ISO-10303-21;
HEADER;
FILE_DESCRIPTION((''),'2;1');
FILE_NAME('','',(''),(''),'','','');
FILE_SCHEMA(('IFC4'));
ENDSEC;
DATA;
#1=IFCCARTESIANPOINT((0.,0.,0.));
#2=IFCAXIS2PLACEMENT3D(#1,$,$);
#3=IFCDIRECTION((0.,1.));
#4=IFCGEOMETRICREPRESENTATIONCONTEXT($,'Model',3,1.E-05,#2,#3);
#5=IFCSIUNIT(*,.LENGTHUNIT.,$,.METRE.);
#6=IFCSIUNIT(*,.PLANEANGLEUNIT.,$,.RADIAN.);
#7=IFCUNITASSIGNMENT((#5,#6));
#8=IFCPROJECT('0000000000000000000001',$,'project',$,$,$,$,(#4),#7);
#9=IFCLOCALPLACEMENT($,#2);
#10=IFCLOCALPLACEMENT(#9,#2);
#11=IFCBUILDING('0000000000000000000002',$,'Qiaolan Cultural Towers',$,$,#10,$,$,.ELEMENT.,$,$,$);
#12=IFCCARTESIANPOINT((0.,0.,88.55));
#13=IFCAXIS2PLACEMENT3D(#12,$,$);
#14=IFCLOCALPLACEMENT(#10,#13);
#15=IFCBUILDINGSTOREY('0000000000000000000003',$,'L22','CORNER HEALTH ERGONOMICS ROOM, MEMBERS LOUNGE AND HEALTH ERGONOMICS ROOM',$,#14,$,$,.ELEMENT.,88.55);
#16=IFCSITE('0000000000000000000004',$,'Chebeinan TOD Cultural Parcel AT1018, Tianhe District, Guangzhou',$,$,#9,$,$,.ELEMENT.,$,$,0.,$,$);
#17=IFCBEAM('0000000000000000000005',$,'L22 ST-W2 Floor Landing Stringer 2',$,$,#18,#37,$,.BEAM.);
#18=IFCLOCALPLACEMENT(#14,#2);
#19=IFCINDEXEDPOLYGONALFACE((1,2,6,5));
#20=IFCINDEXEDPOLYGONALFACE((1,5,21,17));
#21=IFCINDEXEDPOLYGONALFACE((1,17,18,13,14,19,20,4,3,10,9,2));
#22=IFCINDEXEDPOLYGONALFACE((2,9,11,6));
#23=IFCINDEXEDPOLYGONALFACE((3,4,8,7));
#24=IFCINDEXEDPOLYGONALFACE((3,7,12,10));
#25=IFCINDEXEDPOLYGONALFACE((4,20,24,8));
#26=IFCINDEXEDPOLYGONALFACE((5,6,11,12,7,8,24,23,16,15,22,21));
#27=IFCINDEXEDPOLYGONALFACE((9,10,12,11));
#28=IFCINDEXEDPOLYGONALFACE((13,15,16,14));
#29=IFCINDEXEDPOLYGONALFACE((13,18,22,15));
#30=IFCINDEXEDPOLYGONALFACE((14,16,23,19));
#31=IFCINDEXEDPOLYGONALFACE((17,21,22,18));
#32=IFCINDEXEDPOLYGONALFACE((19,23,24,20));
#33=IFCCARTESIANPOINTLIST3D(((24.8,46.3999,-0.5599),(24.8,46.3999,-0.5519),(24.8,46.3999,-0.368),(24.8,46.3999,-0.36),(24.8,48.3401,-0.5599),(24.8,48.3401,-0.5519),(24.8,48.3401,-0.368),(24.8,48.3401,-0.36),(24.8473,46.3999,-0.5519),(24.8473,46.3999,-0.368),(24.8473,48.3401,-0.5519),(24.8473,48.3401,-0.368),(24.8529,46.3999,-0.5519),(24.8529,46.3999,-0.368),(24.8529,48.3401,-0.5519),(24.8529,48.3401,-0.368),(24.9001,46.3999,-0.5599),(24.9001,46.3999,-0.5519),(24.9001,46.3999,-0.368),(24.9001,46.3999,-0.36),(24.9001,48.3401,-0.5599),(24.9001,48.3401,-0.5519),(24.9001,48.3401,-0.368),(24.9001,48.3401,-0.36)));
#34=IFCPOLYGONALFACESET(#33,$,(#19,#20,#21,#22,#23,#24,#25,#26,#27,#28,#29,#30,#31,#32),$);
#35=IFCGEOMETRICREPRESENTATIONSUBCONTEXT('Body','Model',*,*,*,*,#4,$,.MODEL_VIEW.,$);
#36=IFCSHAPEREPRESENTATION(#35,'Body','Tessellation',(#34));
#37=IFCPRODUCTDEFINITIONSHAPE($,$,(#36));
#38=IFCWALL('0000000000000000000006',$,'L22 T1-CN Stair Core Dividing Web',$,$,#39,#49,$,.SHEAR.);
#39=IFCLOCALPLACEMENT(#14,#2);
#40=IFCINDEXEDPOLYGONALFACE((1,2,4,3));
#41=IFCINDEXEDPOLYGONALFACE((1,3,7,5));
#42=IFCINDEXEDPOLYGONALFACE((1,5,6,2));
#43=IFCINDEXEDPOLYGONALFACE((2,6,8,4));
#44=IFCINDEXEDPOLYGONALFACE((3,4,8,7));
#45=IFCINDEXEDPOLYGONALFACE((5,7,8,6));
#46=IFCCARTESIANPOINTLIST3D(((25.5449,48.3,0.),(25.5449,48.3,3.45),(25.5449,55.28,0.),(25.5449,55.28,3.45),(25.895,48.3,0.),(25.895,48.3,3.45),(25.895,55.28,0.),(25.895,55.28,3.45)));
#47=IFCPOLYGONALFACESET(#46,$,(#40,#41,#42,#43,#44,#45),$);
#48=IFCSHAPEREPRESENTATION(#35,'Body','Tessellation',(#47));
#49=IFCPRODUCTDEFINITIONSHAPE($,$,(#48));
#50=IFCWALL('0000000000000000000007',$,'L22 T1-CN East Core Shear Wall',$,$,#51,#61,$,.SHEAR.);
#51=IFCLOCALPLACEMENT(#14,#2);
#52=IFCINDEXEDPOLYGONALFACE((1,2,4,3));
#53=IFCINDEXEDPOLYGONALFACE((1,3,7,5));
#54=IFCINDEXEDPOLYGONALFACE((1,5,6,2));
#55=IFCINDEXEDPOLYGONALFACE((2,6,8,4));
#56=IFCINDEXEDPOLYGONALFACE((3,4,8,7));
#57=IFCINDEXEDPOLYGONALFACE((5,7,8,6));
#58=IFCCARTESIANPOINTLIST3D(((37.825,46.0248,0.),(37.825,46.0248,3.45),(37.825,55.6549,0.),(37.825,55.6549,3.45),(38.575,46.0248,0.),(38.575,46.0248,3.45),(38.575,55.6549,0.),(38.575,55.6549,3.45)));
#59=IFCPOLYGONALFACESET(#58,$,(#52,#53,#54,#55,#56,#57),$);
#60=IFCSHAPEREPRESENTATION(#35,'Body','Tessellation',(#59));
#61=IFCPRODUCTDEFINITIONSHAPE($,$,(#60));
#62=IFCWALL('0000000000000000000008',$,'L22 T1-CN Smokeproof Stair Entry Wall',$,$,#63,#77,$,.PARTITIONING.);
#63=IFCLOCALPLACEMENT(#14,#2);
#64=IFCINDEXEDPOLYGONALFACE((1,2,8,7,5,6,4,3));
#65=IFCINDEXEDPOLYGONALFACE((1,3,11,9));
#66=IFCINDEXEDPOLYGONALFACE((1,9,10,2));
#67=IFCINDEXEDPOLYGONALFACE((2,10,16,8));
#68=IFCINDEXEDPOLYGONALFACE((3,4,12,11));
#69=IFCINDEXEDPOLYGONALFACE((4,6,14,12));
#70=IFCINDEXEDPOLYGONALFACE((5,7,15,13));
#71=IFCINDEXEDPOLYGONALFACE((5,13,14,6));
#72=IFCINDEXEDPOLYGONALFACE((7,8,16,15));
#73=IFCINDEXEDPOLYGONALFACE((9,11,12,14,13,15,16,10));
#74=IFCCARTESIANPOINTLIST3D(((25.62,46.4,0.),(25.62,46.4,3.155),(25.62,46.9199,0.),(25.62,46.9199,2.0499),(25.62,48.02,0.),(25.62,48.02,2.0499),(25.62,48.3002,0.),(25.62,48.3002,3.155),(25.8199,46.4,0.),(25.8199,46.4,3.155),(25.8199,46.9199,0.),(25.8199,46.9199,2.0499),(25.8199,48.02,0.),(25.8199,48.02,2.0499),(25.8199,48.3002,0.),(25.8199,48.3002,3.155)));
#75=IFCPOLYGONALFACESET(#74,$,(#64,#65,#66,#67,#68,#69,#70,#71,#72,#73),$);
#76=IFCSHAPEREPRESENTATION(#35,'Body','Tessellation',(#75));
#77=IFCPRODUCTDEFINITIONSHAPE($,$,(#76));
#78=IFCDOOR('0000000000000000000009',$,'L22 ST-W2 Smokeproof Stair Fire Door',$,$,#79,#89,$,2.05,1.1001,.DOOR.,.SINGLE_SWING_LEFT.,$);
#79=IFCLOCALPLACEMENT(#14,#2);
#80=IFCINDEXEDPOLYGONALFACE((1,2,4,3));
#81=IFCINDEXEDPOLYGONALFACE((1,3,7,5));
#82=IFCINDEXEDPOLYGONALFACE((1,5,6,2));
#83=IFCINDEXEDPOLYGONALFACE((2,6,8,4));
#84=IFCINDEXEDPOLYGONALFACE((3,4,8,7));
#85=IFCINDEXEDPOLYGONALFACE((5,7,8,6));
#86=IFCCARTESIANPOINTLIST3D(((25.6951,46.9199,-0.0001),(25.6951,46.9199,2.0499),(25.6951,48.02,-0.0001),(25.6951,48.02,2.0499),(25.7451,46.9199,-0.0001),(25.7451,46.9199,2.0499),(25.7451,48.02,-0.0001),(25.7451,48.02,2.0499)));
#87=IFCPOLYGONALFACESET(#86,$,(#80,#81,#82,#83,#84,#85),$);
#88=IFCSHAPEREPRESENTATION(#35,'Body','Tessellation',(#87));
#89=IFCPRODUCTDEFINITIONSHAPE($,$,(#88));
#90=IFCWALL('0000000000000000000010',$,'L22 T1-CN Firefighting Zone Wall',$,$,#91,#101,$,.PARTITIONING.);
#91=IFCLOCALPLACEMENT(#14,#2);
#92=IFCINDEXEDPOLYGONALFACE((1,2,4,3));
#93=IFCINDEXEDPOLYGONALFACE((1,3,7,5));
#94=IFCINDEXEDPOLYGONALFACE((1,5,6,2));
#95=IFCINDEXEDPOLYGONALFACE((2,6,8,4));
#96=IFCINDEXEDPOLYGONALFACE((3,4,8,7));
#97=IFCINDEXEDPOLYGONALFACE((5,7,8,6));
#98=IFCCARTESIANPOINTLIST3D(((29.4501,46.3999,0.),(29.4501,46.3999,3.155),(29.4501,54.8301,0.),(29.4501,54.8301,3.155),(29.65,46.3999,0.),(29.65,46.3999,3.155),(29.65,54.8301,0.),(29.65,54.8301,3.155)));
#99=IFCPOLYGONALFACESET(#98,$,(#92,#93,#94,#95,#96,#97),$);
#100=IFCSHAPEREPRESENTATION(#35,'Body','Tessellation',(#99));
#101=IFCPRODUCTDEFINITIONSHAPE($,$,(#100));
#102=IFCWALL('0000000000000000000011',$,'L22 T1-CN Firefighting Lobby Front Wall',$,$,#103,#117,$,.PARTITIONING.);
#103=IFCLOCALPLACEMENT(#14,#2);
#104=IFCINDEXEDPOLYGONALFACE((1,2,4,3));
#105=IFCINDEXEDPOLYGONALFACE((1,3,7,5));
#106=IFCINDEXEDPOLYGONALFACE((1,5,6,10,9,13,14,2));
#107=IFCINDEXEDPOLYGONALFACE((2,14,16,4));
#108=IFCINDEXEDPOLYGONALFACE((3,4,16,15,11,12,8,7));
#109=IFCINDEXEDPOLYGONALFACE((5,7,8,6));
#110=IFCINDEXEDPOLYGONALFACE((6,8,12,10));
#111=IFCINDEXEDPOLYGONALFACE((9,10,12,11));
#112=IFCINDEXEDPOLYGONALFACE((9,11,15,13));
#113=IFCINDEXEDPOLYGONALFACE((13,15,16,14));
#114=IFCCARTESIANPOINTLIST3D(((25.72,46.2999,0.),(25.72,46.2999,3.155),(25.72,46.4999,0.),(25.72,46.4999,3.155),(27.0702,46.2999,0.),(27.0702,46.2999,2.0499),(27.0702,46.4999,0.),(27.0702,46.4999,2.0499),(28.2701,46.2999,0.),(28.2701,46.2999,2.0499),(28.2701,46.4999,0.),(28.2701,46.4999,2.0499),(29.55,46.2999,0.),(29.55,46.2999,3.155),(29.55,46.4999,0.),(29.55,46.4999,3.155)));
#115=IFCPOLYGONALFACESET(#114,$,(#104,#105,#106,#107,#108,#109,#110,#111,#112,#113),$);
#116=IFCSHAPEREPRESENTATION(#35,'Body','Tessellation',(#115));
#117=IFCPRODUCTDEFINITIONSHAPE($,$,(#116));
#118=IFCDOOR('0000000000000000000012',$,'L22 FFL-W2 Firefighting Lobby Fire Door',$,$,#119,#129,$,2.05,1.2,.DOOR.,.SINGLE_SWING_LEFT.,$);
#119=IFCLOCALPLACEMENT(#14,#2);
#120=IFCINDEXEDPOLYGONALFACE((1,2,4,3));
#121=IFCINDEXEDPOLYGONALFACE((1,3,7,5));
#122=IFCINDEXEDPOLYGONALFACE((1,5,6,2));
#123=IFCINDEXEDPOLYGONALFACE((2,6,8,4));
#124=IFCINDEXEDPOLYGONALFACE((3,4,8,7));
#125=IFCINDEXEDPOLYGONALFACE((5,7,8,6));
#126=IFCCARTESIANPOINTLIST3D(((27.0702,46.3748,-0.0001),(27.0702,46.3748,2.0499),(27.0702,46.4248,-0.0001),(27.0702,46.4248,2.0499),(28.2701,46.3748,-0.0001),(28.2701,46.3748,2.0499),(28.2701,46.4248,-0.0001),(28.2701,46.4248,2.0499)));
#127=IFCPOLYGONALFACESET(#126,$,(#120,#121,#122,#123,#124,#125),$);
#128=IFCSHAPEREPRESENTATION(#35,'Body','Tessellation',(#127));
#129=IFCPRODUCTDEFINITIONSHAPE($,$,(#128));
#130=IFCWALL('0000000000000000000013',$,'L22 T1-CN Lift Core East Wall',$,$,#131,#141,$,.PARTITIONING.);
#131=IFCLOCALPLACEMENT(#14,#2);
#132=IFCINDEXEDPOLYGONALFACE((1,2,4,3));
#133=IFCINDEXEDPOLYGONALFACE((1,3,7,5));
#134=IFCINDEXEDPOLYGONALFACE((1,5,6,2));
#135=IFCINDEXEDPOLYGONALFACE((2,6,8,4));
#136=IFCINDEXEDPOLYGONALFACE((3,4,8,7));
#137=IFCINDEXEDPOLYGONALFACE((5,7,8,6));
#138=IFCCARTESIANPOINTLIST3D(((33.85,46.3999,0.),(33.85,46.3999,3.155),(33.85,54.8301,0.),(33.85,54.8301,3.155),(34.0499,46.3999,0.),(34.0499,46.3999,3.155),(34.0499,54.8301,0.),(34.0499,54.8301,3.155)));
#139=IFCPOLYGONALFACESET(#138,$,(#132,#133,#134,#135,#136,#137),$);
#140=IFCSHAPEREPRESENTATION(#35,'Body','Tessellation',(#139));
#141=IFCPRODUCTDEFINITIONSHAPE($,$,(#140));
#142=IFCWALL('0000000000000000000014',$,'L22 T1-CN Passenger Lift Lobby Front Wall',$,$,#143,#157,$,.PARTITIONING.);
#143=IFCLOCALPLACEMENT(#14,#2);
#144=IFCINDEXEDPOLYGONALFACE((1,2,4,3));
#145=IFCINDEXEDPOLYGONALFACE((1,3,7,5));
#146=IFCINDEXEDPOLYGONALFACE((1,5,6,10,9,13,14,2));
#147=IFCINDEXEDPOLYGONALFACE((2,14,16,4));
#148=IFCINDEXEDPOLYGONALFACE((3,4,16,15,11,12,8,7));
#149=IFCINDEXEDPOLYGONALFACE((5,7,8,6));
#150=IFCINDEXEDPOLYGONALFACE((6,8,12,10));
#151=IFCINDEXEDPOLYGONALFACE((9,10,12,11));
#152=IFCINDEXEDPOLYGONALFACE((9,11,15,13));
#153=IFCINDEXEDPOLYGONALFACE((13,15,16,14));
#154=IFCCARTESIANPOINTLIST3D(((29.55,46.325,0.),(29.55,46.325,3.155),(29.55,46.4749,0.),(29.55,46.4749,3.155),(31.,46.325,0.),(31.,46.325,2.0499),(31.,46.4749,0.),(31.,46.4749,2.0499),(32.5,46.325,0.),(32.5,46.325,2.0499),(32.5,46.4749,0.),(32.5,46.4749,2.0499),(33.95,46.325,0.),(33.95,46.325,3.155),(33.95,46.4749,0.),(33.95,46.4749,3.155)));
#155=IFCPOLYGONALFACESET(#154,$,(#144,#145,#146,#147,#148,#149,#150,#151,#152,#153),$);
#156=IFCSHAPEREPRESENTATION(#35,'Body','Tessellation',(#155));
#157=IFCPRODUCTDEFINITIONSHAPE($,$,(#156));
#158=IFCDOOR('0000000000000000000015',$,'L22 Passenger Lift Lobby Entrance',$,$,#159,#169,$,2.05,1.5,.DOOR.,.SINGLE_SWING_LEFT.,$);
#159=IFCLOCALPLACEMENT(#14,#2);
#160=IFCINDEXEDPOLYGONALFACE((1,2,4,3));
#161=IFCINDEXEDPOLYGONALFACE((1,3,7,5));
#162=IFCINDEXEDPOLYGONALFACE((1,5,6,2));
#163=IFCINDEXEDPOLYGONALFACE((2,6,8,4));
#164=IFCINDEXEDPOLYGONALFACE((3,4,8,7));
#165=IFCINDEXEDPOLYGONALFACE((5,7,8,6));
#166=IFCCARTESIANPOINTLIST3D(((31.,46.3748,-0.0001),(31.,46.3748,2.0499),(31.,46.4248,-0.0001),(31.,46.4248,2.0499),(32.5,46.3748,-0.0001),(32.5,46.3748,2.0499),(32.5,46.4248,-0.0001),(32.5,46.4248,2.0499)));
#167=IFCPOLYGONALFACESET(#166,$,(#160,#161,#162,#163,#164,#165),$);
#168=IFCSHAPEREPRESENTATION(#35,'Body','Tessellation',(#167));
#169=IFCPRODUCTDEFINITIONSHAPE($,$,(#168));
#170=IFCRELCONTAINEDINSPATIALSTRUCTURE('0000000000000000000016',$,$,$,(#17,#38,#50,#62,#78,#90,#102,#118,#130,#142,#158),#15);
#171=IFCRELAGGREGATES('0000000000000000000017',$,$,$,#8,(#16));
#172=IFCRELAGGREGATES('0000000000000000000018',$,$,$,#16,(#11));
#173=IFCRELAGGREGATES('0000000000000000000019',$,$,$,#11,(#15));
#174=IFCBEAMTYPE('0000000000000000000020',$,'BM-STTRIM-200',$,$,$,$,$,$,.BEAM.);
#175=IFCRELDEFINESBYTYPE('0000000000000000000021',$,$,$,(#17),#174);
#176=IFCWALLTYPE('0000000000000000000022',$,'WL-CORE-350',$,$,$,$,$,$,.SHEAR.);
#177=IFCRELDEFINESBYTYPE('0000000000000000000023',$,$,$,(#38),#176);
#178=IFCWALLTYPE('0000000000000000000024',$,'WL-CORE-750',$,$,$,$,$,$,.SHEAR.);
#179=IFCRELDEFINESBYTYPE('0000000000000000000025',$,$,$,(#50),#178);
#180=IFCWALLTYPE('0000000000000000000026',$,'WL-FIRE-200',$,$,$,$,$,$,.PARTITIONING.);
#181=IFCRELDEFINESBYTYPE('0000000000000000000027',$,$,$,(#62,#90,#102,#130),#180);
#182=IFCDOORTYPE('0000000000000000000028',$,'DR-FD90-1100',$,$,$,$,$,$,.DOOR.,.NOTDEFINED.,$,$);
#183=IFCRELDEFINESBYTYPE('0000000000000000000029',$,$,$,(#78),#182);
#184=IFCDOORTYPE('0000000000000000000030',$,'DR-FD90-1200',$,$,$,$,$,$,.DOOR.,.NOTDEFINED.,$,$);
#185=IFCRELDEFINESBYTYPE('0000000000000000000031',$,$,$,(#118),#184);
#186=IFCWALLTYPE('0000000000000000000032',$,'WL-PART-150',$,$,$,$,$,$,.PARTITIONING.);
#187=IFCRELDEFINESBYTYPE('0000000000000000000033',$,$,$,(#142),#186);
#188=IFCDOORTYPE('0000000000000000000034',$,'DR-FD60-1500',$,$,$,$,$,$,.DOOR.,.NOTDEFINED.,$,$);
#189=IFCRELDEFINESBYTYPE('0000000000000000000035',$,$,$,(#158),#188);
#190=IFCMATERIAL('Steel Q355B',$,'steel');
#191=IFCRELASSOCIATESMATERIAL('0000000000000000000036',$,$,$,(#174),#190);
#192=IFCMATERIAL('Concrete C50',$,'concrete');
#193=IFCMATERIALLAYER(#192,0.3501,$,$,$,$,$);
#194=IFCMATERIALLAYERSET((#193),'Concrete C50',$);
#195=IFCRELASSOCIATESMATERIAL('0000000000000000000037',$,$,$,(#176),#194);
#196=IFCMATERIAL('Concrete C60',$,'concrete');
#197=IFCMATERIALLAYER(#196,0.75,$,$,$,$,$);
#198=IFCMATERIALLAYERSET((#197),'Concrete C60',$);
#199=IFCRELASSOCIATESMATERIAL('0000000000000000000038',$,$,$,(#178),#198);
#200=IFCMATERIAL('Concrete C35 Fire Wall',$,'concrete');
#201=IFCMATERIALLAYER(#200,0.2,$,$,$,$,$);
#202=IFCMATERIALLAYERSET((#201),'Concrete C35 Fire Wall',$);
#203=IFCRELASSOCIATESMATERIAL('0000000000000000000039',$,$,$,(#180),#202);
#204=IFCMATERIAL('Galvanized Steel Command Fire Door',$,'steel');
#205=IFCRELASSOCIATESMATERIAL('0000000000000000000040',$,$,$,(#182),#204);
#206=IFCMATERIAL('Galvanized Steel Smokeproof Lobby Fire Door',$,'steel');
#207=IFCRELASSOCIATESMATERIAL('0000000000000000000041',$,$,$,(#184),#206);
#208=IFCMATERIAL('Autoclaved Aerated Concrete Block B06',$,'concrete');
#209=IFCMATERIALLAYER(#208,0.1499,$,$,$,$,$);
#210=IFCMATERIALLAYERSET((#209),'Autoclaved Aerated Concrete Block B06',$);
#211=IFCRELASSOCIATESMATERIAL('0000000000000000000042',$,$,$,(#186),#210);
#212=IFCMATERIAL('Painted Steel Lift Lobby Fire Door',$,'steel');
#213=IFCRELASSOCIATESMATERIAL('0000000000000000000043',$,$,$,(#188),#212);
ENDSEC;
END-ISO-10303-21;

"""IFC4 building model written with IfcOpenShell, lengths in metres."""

from ifc_helpers import new_model, si_unit, direction, frame, frame_2d, origin, origin_2d, place, context, subcontext, project, spatial, rectangle, i_section, extrude, material, layer, layer_set, material_profile, profile_set, type_object, element, fill, save


model = new_model("IFC4")

# Units and contexts
model_context = context("Model", 3, precision=1e-05, world=origin(), true_north=direction((0.0, 1.0)))
body_context = subcontext(model_context, "Body", "Model", "MODEL_VIEW")
ifc_project = project(units=[si_unit("LENGTHUNIT", "METRE"), si_unit("PLANEANGLEUNIT", "RADIAN")], contexts=[model_context])

# Site, building, storey
site_placement = place(None, origin())
site = spatial("IfcSite", under=ifc_project, at=site_placement, Name="Chebeinan TOD Cultural Parcel AT1018, Tianhe District, Guangzhou", CompositionType="ELEMENT", RefElevation=0.0)
building_placement = place(site_placement, origin())
building = spatial("IfcBuilding", under=site, at=building_placement, Name="Qiaolan Cultural Towers", CompositionType="ELEMENT")
storey_placement = place(building_placement, frame((0.0, 0.0, 88.55)))
storey = spatial("IfcBuildingStorey", under=building, at=storey_placement, Name="L22", Description="CORNER HEALTH ERGONOMICS ROOM, MEMBERS LOUNGE AND HEALTH ERGONOMICS ROOM", CompositionType="ELEMENT", Elevation=88.55)

# Beam
ifc_material_1 = material(Name="Steel Q355B", Category="steel")
ifc_material_profile = material_profile(ifc_material_1, i_section(OverallWidth=0.1001, OverallDepth=0.2, WebThickness=0.0056, FlangeThickness=0.0081, at=origin_2d()), Name="HN200x100x5.5x8")
ifc_profile_set = profile_set([ifc_material_profile], Name="Steel Q355B")
beam_type = type_object("IfcBeamType", Name="BM-STTRIM-200", PredefinedType="BEAM", material=ifc_profile_set)
beam_placement = place(storey_placement, frame((24.8501, 46.3999, -0.46), z_axis=(0.0, 1.0, 0.0), x_axis=(-1.0, 0.0, 0.0)))
element("IfcBeam", 1, at=beam_placement, inside=storey, type_object=beam_type, Name="L22 ST-W2 Floor Landing Stringer 2", PredefinedType="BEAM", context=body_context, shape_type="SweptSolid", body=[
    extrude(i_section(OverallWidth=0.1001, OverallDepth=0.2, WebThickness=0.0056, FlangeThickness=0.0081, at=origin_2d()), origin(), (0.0, 0.0, 1.0), 1.9402),
])

# Walls
ifc_material_2 = material(Name="Concrete C50", Category="concrete")
ifc_layer_1 = layer(ifc_material_2, 0.3501)
ifc_layer_set_1 = layer_set([ifc_layer_1], Name="Concrete C50")
wall_type_1 = type_object("IfcWallType", Name="WL-CORE-350", PredefinedType="SHEAR", material=ifc_layer_set_1)
wall_1_placement = place(storey_placement, frame((25.72, 48.3, 0.0), z_axis=(0.0, 0.0, 1.0), x_axis=(0.0, 1.0, 0.0)))
element("IfcWall", 2, at=wall_1_placement, inside=storey, type_object=wall_type_1, Name="L22 T1-CN Stair Core Dividing Web", PredefinedType="SHEAR", context=body_context, shape_type="SweptSolid", body=[
    extrude(rectangle(XDim=6.98, YDim=0.3501, at=frame_2d((3.49, 0.0))), origin(), (0.0, 0.0, 1.0), 3.45),
])
ifc_material_3 = material(Name="Concrete C60", Category="concrete")
ifc_layer_2 = layer(ifc_material_3, 0.75)
ifc_layer_set_2 = layer_set([ifc_layer_2], Name="Concrete C60")
wall_type_2 = type_object("IfcWallType", Name="WL-CORE-750", PredefinedType="SHEAR", material=ifc_layer_set_2)
wall_2_placement = place(storey_placement, frame((38.2, 46.0249, 0.0), z_axis=(0.0, 0.0, 1.0), x_axis=(0.0, 1.0, 0.0)))
element("IfcWall", 3, at=wall_2_placement, inside=storey, type_object=wall_type_2, Name="L22 T1-CN East Core Shear Wall", PredefinedType="SHEAR", context=body_context, shape_type="SweptSolid", body=[
    extrude(rectangle(XDim=9.6301, YDim=0.75, at=frame_2d((4.8149, 0.0))), origin(), (0.0, 0.0, 1.0), 3.45),
])

# Wall, opening, door
ifc_material_4 = material(Name="Concrete C35 Fire Wall", Category="concrete")
ifc_layer_3 = layer(ifc_material_4, 0.2)
ifc_layer_set_3 = layer_set([ifc_layer_3], Name="Concrete C35 Fire Wall")
wall_type_3 = type_object("IfcWallType", Name="WL-FIRE-200", PredefinedType="PARTITIONING", material=ifc_layer_set_3)
wall_3_placement = place(storey_placement, frame((25.72, 46.3999, 0.0), z_axis=(0.0, 0.0, 1.0), x_axis=(0.0, 1.0, 0.0)))
wall_3 = element("IfcWall", 4, at=wall_3_placement, inside=storey, type_object=wall_type_3, Name="L22 T1-CN Smokeproof Stair Entry Wall", PredefinedType="PARTITIONING", context=body_context, shape_type="SweptSolid", body=[
    extrude(rectangle(XDim=1.9001, YDim=0.2, at=frame_2d((0.9502, 0.0))), origin(), (0.0, 0.0, 1.0), 3.155),
])
opening_1_placement = place(wall_3_placement, frame((0.52, 0.0, 0.0)))
opening_1 = element("IfcOpeningElement", 5, at=opening_1_placement, cuts=wall_3, PredefinedType="OPENING", context=body_context, shape_type="SweptSolid", body=[
    extrude(rectangle(XDim=1.1001, YDim=2.05, at=frame_2d((0.55, 1.0249))), frame((0.0, 0.1099, 0.0), z_axis=(0.0, -1.0, 0.0), x_axis=(1.0, 0.0, 0.0)), (0.0, 0.0, 1.0), 0.22),
])
ifc_material_5 = material(Name="Galvanized Steel Command Fire Door", Category="steel")
door_type_1 = type_object("IfcDoorType", Name="DR-FD90-1100", OperationType="NOTDEFINED", PredefinedType="DOOR", material=ifc_material_5)
door_1_placement = place(opening_1_placement, origin())
door_1 = element("IfcDoor", 6, at=door_1_placement, inside=storey, type_object=door_type_1, Name="L22 ST-W2 Smokeproof Stair Fire Door", OperationType="SINGLE_SWING_LEFT", OverallHeight=2.05, OverallWidth=1.1001, PredefinedType="DOOR", context=body_context, shape_type="SweptSolid", body=[
    extrude(rectangle(XDim=1.1001, YDim=2.05, at=frame_2d((0.55, 1.0249))), frame((0.0, 0.0249, 0.0), z_axis=(0.0, -1.0, 0.0), x_axis=(1.0, 0.0, 0.0)), (0.0, 0.0, 1.0), 0.05),
])
fill(opening_1, door_1)

# Wall
wall_4_placement = place(storey_placement, frame((29.55, 46.3999, 0.0), z_axis=(0.0, 0.0, 1.0), x_axis=(0.0, 1.0, 0.0)))
element("IfcWall", 7, at=wall_4_placement, inside=storey, type_object=wall_type_3, Name="L22 T1-CN Firefighting Zone Wall", PredefinedType="PARTITIONING", context=body_context, shape_type="SweptSolid", body=[
    extrude(rectangle(XDim=8.4302, YDim=0.2, at=frame_2d((4.2151, 0.0))), origin(), (0.0, 0.0, 1.0), 3.155),
])

# Wall, opening, door
wall_5_placement = place(storey_placement, frame((25.72, 46.3999, 0.0), z_axis=(0.0, 0.0, 1.0), x_axis=(1.0, 0.0, 0.0)))
wall_5 = element("IfcWall", 8, at=wall_5_placement, inside=storey, type_object=wall_type_3, Name="L22 T1-CN Firefighting Lobby Front Wall", PredefinedType="PARTITIONING", context=body_context, shape_type="SweptSolid", body=[
    extrude(rectangle(XDim=3.8301, YDim=0.2, at=frame_2d((1.915, 0.0))), origin(), (0.0, 0.0, 1.0), 3.155),
])
opening_2_placement = place(wall_5_placement, frame((1.3501, 0.0, 0.0)))
opening_2 = element("IfcOpeningElement", 9, at=opening_2_placement, cuts=wall_5, PredefinedType="OPENING", context=body_context, shape_type="SweptSolid", body=[
    extrude(rectangle(XDim=1.2, YDim=2.05, at=frame_2d((0.6001, 1.0249))), frame((0.0, 0.1099, 0.0), z_axis=(0.0, -1.0, 0.0), x_axis=(1.0, 0.0, 0.0)), (0.0, 0.0, 1.0), 0.22),
])
ifc_material_6 = material(Name="Galvanized Steel Smokeproof Lobby Fire Door", Category="steel")
door_type_2 = type_object("IfcDoorType", Name="DR-FD90-1200", OperationType="NOTDEFINED", PredefinedType="DOOR", material=ifc_material_6)
door_2_placement = place(opening_2_placement, origin())
door_2 = element("IfcDoor", 10, at=door_2_placement, inside=storey, type_object=door_type_2, Name="L22 FFL-W2 Firefighting Lobby Fire Door", OperationType="SINGLE_SWING_LEFT", OverallHeight=2.05, OverallWidth=1.2, PredefinedType="DOOR", context=body_context, shape_type="SweptSolid", body=[
    extrude(rectangle(XDim=1.2, YDim=2.05, at=frame_2d((0.6001, 1.0249))), frame((0.0, 0.0249, 0.0), z_axis=(0.0, -1.0, 0.0), x_axis=(1.0, 0.0, 0.0)), (0.0, 0.0, 1.0), 0.05),
])
fill(opening_2, door_2)

# Wall
wall_6_placement = place(storey_placement, frame((33.95, 46.3999, 0.0), z_axis=(0.0, 0.0, 1.0), x_axis=(0.0, 1.0, 0.0)))
element("IfcWall", 11, at=wall_6_placement, inside=storey, type_object=wall_type_3, Name="L22 T1-CN Lift Core East Wall", PredefinedType="PARTITIONING", context=body_context, shape_type="SweptSolid", body=[
    extrude(rectangle(XDim=8.4302, YDim=0.2, at=frame_2d((4.2151, 0.0))), origin(), (0.0, 0.0, 1.0), 3.155),
])

# Wall, opening, door
ifc_material_7 = material(Name="Autoclaved Aerated Concrete Block B06", Category="concrete")
ifc_layer_4 = layer(ifc_material_7, 0.1499)
ifc_layer_set_4 = layer_set([ifc_layer_4], Name="Autoclaved Aerated Concrete Block B06")
wall_type_4 = type_object("IfcWallType", Name="WL-PART-150", PredefinedType="PARTITIONING", material=ifc_layer_set_4)
wall_7_placement = place(storey_placement, frame((29.55, 46.3999, 0.0), z_axis=(0.0, 0.0, 1.0), x_axis=(1.0, 0.0, 0.0)))
wall_7 = element("IfcWall", 12, at=wall_7_placement, inside=storey, type_object=wall_type_4, Name="L22 T1-CN Passenger Lift Lobby Front Wall", PredefinedType="PARTITIONING", context=body_context, shape_type="SweptSolid", body=[
    extrude(rectangle(XDim=4.3999, YDim=0.1499, at=frame_2d((2.2, 0.0))), origin(), (0.0, 0.0, 1.0), 3.155),
])
opening_3_placement = place(wall_7_placement, frame((1.45, 0.0, 0.0)))
opening_3 = element("IfcOpeningElement", 13, at=opening_3_placement, cuts=wall_7, PredefinedType="OPENING", context=body_context, shape_type="SweptSolid", body=[
    extrude(rectangle(XDim=1.5, YDim=2.05, at=frame_2d((0.75, 1.0249))), frame((0.0, 0.085, 0.0), z_axis=(0.0, -1.0, 0.0), x_axis=(1.0, 0.0, 0.0)), (0.0, 0.0, 1.0), 0.1699),
])
ifc_material_8 = material(Name="Painted Steel Lift Lobby Fire Door", Category="steel")
door_type_3 = type_object("IfcDoorType", Name="DR-FD60-1500", OperationType="NOTDEFINED", PredefinedType="DOOR", material=ifc_material_8)
door_3_placement = place(opening_3_placement, origin())
door_3 = element("IfcDoor", 14, at=door_3_placement, inside=storey, type_object=door_type_3, Name="L22 Passenger Lift Lobby Entrance", OperationType="SINGLE_SWING_LEFT", OverallHeight=2.05, OverallWidth=1.5, PredefinedType="DOOR", context=body_context, shape_type="SweptSolid", body=[
    extrude(rectangle(XDim=1.5, YDim=2.05, at=frame_2d((0.75, 1.0249))), frame((0.0, 0.0249, 0.0), z_axis=(0.0, -1.0, 0.0), x_axis=(1.0, 0.0, 0.0)), (0.0, 0.0, 1.0), 0.05),
])
fill(opening_3, door_3)

save(model, "model.ifc")
